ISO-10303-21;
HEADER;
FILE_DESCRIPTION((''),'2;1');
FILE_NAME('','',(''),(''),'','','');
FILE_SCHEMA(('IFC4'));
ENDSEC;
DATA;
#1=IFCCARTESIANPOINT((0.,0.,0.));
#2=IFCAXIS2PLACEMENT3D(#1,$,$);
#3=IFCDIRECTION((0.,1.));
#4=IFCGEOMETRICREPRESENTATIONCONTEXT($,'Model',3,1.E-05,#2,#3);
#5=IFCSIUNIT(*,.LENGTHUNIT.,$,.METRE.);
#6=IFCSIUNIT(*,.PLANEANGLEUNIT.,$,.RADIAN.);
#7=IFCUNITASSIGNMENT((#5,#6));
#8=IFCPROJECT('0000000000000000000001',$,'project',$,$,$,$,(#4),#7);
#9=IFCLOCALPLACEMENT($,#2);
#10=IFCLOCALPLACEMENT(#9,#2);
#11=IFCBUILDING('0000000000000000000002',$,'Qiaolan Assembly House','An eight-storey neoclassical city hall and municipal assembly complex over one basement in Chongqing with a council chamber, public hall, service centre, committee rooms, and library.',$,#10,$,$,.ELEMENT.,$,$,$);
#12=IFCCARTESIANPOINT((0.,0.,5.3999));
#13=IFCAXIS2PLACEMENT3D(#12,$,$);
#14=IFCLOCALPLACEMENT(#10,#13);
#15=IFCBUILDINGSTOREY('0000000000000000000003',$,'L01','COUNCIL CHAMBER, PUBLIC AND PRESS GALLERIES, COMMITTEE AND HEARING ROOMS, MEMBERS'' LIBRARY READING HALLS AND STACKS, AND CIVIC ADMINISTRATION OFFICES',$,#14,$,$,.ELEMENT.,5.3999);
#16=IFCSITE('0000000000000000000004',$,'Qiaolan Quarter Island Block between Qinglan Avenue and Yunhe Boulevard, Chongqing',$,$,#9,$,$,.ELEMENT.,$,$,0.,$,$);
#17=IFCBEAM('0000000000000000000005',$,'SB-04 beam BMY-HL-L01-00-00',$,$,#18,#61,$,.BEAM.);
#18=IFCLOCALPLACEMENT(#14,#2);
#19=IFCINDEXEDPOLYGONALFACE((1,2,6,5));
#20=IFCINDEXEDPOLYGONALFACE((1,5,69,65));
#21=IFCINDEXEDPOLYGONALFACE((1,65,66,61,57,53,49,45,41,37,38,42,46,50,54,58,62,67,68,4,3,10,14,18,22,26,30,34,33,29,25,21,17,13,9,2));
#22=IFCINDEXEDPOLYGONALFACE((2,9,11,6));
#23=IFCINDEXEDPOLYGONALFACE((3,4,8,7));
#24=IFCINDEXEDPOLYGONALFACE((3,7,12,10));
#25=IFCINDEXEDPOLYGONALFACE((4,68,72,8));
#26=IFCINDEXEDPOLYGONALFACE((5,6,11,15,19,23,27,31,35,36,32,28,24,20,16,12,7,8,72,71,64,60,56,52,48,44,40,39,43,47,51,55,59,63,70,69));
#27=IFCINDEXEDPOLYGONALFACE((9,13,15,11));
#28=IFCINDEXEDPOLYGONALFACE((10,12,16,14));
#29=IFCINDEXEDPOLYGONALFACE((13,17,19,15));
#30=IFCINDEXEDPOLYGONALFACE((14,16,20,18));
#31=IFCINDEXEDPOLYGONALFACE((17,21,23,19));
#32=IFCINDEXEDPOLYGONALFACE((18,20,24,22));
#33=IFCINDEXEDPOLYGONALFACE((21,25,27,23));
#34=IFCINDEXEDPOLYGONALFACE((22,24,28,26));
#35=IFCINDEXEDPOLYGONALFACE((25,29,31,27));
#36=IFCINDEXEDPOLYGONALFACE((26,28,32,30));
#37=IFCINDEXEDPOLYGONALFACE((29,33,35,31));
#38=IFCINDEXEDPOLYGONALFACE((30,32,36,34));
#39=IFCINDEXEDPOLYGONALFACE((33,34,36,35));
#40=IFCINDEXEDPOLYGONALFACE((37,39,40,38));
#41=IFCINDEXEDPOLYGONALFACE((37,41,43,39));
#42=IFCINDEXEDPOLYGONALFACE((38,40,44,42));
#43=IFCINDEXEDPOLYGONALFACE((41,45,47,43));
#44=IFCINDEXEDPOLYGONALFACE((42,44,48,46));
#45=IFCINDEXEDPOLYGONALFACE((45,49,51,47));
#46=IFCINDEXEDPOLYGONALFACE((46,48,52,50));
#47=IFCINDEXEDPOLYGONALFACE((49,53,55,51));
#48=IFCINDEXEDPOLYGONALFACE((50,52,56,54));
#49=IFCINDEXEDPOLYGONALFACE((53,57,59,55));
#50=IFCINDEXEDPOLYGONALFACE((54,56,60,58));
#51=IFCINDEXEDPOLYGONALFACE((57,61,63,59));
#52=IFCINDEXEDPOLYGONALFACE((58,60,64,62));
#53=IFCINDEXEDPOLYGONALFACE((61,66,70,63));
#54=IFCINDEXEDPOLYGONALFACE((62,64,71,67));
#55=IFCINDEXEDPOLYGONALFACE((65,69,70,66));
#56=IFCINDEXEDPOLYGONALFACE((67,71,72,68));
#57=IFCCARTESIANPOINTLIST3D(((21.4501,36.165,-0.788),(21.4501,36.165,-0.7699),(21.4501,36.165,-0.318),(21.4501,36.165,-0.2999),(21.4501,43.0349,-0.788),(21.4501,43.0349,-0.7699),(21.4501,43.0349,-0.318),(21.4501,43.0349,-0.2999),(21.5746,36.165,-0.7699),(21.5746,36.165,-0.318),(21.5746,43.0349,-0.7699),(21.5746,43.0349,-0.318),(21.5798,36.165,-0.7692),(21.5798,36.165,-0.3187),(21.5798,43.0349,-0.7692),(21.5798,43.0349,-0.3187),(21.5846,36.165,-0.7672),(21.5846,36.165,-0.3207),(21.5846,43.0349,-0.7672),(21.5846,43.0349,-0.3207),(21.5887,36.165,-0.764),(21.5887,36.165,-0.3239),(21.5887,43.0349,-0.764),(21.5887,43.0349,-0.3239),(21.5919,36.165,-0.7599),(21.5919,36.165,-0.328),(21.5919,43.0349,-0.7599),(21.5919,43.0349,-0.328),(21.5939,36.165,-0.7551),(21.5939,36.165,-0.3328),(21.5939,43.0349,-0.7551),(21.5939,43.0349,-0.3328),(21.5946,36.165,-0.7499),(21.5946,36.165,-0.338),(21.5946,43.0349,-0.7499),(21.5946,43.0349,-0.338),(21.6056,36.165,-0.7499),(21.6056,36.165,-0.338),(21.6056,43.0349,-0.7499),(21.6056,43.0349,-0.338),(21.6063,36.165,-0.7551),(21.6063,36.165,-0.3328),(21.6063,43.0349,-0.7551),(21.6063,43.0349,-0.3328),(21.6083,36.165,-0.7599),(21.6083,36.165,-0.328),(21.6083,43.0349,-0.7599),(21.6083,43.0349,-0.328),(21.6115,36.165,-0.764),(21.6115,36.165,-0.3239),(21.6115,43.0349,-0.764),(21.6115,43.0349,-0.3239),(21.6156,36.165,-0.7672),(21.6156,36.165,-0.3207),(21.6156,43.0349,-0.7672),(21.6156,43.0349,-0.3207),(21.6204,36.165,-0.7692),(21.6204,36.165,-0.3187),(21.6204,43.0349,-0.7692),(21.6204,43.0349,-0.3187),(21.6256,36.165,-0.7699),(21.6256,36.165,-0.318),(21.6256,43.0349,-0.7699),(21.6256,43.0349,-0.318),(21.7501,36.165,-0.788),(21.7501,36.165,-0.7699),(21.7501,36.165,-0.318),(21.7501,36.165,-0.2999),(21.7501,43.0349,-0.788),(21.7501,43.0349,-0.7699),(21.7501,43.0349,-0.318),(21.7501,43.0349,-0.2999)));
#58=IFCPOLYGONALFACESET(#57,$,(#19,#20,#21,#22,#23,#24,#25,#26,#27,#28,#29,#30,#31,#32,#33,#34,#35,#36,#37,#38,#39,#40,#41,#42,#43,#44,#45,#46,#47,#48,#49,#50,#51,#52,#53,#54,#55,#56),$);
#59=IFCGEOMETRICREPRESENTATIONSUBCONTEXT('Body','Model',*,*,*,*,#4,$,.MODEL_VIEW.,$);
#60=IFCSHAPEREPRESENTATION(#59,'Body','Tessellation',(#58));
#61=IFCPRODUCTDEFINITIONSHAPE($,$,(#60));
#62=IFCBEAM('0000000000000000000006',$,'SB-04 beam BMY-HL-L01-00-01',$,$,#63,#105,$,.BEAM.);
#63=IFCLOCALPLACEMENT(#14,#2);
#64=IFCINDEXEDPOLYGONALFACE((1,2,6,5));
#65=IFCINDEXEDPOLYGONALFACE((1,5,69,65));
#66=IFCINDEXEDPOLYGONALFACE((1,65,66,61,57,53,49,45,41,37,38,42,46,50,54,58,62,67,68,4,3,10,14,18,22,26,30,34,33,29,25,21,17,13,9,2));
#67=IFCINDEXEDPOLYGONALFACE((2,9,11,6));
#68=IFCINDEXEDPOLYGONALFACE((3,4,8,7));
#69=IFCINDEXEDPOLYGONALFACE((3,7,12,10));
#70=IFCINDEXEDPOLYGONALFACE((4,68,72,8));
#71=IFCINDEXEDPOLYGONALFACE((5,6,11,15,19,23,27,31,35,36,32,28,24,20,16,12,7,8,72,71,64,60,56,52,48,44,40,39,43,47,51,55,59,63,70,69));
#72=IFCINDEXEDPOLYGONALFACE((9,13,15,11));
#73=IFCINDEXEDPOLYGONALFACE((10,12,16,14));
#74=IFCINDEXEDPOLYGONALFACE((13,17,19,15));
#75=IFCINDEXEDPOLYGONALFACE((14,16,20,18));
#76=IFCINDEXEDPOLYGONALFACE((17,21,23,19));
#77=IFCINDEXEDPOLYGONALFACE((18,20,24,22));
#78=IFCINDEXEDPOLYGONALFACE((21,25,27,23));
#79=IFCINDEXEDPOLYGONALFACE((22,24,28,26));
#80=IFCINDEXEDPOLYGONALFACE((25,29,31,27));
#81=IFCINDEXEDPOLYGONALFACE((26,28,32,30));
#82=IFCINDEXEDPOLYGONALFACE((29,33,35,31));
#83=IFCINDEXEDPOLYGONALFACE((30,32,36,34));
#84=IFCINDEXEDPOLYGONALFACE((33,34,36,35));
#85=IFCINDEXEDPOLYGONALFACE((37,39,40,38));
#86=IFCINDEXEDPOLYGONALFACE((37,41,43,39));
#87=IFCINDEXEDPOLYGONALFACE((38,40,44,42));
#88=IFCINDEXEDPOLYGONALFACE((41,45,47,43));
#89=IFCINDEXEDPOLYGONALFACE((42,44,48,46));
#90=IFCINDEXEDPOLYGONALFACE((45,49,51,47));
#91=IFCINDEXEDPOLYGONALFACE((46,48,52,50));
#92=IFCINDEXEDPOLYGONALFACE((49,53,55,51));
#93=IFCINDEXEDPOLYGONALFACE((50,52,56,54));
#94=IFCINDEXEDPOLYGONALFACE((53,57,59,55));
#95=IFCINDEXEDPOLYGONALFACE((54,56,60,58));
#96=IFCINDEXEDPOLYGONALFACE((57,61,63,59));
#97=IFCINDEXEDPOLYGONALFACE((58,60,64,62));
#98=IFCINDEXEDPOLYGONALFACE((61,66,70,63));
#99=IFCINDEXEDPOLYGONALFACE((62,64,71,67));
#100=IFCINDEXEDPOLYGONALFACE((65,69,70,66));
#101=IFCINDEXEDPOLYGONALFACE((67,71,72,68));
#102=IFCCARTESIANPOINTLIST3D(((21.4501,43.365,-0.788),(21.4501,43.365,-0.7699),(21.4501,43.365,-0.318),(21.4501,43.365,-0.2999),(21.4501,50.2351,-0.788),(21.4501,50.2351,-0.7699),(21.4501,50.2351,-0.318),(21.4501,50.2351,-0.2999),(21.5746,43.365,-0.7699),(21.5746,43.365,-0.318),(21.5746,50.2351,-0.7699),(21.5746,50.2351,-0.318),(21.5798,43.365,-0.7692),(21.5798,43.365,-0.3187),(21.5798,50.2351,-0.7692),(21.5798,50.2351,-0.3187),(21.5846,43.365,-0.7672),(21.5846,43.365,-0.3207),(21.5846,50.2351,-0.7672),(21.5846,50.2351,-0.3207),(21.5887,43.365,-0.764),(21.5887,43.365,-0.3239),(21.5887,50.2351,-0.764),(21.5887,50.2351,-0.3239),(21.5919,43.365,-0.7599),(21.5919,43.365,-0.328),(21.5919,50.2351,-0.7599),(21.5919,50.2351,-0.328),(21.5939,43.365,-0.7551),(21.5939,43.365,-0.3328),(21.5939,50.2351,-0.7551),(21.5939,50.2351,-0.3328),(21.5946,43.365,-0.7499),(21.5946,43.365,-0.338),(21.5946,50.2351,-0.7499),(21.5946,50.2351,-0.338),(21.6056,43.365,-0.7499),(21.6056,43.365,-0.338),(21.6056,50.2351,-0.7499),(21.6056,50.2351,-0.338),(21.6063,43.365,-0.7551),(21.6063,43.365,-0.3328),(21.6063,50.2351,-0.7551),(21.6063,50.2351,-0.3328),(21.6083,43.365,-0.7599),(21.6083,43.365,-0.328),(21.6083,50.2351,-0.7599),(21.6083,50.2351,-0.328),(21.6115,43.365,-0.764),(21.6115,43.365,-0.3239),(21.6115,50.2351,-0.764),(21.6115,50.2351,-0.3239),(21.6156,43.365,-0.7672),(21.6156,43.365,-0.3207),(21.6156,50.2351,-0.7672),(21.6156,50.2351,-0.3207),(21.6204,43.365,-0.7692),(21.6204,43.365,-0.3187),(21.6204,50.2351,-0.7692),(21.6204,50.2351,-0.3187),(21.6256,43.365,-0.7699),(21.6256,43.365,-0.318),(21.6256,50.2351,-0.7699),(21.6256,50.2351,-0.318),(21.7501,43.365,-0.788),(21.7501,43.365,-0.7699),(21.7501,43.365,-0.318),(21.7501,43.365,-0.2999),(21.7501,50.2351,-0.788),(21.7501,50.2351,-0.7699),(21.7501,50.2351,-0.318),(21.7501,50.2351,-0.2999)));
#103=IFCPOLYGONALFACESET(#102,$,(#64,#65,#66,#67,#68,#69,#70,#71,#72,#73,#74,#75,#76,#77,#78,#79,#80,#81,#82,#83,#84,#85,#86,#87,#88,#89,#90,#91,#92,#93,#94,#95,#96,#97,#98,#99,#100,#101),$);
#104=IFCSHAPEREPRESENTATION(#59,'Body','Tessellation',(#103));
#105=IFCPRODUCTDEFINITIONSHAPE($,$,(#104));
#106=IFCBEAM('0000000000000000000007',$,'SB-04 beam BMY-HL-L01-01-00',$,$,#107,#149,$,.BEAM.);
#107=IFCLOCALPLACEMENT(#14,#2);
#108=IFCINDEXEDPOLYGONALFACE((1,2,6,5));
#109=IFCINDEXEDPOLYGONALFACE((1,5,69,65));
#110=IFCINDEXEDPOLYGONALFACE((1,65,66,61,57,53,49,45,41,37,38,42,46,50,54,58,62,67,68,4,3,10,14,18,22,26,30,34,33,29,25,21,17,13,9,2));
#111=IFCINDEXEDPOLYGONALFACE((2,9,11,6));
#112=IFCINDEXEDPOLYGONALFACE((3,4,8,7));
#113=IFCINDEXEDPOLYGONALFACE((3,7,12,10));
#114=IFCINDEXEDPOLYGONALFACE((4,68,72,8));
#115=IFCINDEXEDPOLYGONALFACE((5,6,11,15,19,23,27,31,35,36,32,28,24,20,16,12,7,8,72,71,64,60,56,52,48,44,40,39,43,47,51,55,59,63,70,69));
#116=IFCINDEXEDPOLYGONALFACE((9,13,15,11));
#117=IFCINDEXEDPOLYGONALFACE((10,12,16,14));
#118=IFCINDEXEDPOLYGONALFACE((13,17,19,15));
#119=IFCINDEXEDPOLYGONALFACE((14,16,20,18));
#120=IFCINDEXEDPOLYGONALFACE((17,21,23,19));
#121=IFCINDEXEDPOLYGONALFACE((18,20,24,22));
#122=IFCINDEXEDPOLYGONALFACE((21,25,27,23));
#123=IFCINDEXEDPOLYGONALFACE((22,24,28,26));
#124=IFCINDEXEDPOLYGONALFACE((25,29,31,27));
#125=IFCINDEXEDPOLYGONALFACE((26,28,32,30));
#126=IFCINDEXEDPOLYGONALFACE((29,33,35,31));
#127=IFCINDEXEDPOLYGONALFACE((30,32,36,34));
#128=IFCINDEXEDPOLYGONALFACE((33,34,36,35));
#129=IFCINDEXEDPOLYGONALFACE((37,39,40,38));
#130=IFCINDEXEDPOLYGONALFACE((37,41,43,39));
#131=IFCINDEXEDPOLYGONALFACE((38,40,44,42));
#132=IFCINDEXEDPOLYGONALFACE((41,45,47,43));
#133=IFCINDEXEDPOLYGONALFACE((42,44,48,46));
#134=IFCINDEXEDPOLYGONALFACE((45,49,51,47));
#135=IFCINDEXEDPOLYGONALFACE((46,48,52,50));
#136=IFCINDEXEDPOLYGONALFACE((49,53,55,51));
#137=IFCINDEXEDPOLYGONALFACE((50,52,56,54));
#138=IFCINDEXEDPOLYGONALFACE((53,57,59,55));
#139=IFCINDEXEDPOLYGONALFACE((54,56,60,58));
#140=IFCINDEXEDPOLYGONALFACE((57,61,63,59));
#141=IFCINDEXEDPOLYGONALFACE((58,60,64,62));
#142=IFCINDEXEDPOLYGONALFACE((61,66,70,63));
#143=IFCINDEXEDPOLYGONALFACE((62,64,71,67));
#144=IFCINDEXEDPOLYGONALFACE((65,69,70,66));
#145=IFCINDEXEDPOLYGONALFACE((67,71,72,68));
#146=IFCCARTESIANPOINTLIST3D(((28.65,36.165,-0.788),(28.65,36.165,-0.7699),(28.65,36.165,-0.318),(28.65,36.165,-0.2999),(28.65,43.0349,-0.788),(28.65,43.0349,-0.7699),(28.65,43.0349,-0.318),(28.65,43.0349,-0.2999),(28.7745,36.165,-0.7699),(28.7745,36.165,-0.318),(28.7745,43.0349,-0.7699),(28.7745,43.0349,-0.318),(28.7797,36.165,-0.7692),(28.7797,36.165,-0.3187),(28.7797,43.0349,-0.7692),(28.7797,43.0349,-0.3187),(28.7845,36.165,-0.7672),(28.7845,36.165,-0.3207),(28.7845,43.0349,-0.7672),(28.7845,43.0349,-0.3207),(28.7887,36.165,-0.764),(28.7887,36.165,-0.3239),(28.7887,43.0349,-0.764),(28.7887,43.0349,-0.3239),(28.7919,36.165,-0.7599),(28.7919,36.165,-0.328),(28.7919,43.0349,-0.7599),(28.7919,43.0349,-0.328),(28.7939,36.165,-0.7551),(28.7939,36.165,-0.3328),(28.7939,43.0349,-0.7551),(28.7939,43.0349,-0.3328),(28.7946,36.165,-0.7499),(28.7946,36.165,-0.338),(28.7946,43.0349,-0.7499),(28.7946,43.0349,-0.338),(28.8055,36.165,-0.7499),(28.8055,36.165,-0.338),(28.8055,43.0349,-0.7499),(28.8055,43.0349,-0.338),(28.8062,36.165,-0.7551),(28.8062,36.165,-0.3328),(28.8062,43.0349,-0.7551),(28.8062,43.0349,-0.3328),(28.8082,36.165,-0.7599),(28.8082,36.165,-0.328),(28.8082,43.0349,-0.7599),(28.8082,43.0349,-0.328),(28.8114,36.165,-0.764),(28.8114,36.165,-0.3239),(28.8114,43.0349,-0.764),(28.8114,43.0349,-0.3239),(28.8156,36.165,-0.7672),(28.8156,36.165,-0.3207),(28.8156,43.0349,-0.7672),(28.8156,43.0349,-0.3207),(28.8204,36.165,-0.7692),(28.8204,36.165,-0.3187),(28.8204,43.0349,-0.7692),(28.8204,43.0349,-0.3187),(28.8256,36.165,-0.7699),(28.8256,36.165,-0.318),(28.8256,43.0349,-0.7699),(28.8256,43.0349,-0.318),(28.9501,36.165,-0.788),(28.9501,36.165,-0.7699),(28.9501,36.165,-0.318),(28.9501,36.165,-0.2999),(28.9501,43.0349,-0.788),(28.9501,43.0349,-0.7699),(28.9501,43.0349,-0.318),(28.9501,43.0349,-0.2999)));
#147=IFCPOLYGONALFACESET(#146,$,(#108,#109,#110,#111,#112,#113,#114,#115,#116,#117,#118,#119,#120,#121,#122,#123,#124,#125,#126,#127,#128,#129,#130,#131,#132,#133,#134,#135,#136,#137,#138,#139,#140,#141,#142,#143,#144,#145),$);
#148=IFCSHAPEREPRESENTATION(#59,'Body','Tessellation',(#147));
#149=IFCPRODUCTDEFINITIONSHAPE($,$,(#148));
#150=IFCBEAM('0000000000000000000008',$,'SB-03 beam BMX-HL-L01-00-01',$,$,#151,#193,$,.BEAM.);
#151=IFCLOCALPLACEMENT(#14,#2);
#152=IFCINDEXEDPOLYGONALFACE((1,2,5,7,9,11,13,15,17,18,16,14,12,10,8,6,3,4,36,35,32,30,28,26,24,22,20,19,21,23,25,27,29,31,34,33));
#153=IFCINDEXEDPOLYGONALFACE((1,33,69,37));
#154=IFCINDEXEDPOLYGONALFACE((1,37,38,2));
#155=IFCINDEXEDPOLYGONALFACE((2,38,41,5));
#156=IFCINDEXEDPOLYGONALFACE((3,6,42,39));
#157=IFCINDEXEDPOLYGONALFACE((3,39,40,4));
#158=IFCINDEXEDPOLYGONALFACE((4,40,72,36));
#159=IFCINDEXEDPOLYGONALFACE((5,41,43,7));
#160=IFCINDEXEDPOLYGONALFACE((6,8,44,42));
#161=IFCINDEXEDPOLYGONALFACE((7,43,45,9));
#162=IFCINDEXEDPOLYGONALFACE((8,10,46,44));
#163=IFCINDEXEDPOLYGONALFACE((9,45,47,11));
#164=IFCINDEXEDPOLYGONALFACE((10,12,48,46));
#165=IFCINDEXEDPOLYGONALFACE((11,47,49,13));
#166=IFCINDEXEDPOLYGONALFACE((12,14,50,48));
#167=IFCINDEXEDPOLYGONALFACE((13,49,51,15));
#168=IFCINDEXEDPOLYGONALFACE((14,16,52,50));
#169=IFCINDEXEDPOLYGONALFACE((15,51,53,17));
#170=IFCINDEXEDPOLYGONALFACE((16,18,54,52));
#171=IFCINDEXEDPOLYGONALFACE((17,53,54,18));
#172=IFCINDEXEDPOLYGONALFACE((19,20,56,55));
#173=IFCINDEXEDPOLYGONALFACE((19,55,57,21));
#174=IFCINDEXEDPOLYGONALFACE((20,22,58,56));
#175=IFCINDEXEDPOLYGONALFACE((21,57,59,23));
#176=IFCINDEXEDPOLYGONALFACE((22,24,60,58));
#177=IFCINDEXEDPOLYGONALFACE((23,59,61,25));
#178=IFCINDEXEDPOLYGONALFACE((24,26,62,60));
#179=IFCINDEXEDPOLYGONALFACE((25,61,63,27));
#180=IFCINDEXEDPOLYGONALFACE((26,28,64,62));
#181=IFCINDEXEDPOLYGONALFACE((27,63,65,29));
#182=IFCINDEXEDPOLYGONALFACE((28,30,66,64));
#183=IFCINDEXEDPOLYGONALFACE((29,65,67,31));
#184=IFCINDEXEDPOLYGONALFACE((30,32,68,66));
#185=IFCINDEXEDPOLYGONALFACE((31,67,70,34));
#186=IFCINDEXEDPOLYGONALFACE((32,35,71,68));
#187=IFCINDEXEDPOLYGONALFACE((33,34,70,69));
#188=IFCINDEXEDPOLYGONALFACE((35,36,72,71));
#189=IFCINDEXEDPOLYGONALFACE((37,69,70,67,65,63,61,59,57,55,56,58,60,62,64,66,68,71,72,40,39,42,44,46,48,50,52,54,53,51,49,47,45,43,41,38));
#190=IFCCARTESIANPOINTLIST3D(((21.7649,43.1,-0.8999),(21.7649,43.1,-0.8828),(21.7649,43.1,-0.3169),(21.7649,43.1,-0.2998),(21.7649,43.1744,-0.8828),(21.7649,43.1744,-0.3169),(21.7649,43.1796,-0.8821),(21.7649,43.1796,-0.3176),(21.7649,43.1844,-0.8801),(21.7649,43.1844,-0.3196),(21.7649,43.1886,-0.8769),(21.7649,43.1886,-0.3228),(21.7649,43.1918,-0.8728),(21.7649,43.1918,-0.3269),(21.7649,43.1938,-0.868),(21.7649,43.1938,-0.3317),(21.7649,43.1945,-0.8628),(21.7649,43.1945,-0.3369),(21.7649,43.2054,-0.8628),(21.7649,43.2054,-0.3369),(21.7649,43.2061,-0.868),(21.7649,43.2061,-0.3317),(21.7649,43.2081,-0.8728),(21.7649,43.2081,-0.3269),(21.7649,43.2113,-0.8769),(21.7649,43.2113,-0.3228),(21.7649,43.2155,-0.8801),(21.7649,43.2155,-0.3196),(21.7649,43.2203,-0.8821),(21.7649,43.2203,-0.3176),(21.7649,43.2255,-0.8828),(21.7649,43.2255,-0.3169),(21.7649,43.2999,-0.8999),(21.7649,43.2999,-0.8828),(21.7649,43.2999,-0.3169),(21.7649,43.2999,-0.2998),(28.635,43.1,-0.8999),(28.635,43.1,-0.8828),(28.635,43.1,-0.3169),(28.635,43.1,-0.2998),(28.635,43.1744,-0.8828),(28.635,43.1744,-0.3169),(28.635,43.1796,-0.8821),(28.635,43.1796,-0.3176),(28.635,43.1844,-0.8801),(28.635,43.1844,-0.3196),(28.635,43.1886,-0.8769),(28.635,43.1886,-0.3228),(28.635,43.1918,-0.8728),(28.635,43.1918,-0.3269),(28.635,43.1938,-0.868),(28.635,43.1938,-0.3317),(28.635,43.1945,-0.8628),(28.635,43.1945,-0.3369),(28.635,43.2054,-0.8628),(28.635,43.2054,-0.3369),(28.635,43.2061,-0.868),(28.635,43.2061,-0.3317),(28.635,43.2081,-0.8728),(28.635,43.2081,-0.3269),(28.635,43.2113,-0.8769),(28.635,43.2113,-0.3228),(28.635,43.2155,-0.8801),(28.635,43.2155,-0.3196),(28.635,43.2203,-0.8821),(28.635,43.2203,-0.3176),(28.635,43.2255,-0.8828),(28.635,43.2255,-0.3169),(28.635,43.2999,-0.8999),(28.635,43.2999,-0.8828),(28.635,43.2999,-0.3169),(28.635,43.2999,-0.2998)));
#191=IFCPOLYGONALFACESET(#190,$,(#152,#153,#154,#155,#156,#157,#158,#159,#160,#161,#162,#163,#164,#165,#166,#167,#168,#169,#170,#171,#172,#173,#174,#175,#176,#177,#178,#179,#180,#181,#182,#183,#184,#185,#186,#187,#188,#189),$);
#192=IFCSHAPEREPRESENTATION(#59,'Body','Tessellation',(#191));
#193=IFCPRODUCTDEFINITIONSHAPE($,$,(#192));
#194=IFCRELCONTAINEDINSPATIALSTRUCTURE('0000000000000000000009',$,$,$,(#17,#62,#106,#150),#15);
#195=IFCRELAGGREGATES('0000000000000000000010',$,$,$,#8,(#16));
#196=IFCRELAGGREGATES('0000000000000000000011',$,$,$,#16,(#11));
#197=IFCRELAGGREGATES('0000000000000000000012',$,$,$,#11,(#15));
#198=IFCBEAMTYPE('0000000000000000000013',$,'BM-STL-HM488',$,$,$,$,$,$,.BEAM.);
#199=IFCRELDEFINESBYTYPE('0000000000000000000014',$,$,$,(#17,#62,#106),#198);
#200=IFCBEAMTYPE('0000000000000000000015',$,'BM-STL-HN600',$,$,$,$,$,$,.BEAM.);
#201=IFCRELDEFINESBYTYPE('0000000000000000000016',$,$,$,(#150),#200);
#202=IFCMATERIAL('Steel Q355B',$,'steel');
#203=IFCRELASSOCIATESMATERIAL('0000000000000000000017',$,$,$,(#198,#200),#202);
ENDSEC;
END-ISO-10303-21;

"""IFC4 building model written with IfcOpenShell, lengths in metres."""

from ifc_helpers import new_model, si_unit, direction, frame, origin, origin_2d, place, context, subcontext, project, spatial, i_section, extrude, material, material_profile, profile_set, type_object, element, save


model = new_model("IFC4")

# Units and contexts
model_context = context("Model", 3, precision=1e-05, world=origin(), true_north=direction((0.0, 1.0)))
body_context = subcontext(model_context, "Body", "Model", "MODEL_VIEW")
ifc_project = project(units=[si_unit("LENGTHUNIT", "METRE"), si_unit("PLANEANGLEUNIT", "RADIAN")], contexts=[model_context])

# Site, building, storey
site_placement = place(None, origin())
site = spatial("IfcSite", under=ifc_project, at=site_placement, Name="Qiaolan Quarter Island Block between Qinglan Avenue and Yunhe Boulevard, Chongqing", CompositionType="ELEMENT", RefElevation=0.0)
building_placement = place(site_placement, origin())
building = spatial("IfcBuilding", under=site, at=building_placement, Name="Qiaolan Assembly House", Description="An eight-storey neoclassical city hall and municipal assembly complex over one basement in Chongqing with a council chamber, public hall, service centre, committee rooms, and library.", CompositionType="ELEMENT")
storey_placement = place(building_placement, frame((0.0, 0.0, 5.3999)))
storey = spatial("IfcBuildingStorey", under=building, at=storey_placement, Name="L01", Description="COUNCIL CHAMBER, PUBLIC AND PRESS GALLERIES, COMMITTEE AND HEARING ROOMS, MEMBERS' LIBRARY READING HALLS AND STACKS, AND CIVIC ADMINISTRATION OFFICES", CompositionType="ELEMENT", Elevation=5.3999)

# Shared definitions
ifc_material_1 = material(Name="Steel Q355B", Category="steel")

# Beams
ifc_material_profile_1 = material_profile(ifc_material_1, i_section(OverallWidth=0.3, OverallDepth=0.488, WebThickness=0.011, FlangeThickness=0.0181, FilletRadius=0.02, at=origin_2d()), Name="HM 488x300x11x18")
ifc_profile_set_1 = profile_set([ifc_material_profile_1], Name="Steel Q355B")
beam_type_1 = type_object("IfcBeamType", Name="BM-STL-HM488", PredefinedType="BEAM", material=ifc_profile_set_1)
beam_1_placement = place(storey_placement, frame((21.6001, 36.165, -0.5439), z_axis=(0.0, 1.0, 0.0), x_axis=(-1.0, 0.0, 0.0)))
element("IfcBeam", 1, at=beam_1_placement, inside=storey, type_object=beam_type_1, Name="SB-04 beam BMY-HL-L01-00-00", PredefinedType="BEAM", context=body_context, shape_type="SweptSolid", body=[
    extrude(i_section(OverallWidth=0.3, OverallDepth=0.488, WebThickness=0.011, FlangeThickness=0.0181, FilletRadius=0.02, at=origin_2d()), origin(), (0.0, 0.0, 1.0), 6.8699),
])
beam_2_placement = place(storey_placement, frame((21.6001, 43.365, -0.5439), z_axis=(0.0, 1.0, 0.0), x_axis=(-1.0, 0.0, 0.0)))
element("IfcBeam", 2, at=beam_2_placement, inside=storey, type_object=beam_type_1, Name="SB-04 beam BMY-HL-L01-00-01", PredefinedType="BEAM", context=body_context, shape_type="SweptSolid", body=[
    extrude(i_section(OverallWidth=0.3, OverallDepth=0.488, WebThickness=0.011, FlangeThickness=0.0181, FilletRadius=0.02, at=origin_2d()), origin(), (0.0, 0.0, 1.0), 6.8701),
])
beam_3_placement = place(storey_placement, frame((28.8, 36.165, -0.5439), z_axis=(0.0, 1.0, 0.0), x_axis=(-1.0, 0.0, 0.0)))
element("IfcBeam", 3, at=beam_3_placement, inside=storey, type_object=beam_type_1, Name="SB-04 beam BMY-HL-L01-01-00", PredefinedType="BEAM", context=body_context, shape_type="SweptSolid", body=[
    extrude(i_section(OverallWidth=0.3, OverallDepth=0.488, WebThickness=0.011, FlangeThickness=0.0181, FilletRadius=0.02, at=origin_2d()), origin(), (0.0, 0.0, 1.0), 6.8699),
])
ifc_material_profile_2 = material_profile(ifc_material_1, i_section(OverallWidth=0.2, OverallDepth=0.6001, WebThickness=0.011, FlangeThickness=0.0171, FilletRadius=0.02, at=origin_2d()), Name="HN 600x200x11x17")
ifc_profile_set_2 = profile_set([ifc_material_profile_2], Name="Steel Q355B")
beam_type_2 = type_object("IfcBeamType", Name="BM-STL-HN600", PredefinedType="BEAM", material=ifc_profile_set_2)
for number, where, z_axis, x_axis, name in (
    (4, (21.7649, 43.2, -0.5999), (1.0, 0.0, 0.0), (0.0, 1.0, 0.0), "SB-03 beam BMX-HL-L01-00-01"),
):
    element("IfcBeam", number, at=place(storey_placement, frame(where, z_axis=z_axis, x_axis=x_axis)), inside=storey, type_object=beam_type_2, Name=name, PredefinedType="BEAM", context=body_context, shape_type="SweptSolid", body=[
        extrude(i_section(OverallWidth=0.2, OverallDepth=0.6001, WebThickness=0.011, FlangeThickness=0.0171, FilletRadius=0.02, at=origin_2d()), origin(), (0.0, 0.0, 1.0), 6.8701),
    ])

save(model, "model.ifc")
